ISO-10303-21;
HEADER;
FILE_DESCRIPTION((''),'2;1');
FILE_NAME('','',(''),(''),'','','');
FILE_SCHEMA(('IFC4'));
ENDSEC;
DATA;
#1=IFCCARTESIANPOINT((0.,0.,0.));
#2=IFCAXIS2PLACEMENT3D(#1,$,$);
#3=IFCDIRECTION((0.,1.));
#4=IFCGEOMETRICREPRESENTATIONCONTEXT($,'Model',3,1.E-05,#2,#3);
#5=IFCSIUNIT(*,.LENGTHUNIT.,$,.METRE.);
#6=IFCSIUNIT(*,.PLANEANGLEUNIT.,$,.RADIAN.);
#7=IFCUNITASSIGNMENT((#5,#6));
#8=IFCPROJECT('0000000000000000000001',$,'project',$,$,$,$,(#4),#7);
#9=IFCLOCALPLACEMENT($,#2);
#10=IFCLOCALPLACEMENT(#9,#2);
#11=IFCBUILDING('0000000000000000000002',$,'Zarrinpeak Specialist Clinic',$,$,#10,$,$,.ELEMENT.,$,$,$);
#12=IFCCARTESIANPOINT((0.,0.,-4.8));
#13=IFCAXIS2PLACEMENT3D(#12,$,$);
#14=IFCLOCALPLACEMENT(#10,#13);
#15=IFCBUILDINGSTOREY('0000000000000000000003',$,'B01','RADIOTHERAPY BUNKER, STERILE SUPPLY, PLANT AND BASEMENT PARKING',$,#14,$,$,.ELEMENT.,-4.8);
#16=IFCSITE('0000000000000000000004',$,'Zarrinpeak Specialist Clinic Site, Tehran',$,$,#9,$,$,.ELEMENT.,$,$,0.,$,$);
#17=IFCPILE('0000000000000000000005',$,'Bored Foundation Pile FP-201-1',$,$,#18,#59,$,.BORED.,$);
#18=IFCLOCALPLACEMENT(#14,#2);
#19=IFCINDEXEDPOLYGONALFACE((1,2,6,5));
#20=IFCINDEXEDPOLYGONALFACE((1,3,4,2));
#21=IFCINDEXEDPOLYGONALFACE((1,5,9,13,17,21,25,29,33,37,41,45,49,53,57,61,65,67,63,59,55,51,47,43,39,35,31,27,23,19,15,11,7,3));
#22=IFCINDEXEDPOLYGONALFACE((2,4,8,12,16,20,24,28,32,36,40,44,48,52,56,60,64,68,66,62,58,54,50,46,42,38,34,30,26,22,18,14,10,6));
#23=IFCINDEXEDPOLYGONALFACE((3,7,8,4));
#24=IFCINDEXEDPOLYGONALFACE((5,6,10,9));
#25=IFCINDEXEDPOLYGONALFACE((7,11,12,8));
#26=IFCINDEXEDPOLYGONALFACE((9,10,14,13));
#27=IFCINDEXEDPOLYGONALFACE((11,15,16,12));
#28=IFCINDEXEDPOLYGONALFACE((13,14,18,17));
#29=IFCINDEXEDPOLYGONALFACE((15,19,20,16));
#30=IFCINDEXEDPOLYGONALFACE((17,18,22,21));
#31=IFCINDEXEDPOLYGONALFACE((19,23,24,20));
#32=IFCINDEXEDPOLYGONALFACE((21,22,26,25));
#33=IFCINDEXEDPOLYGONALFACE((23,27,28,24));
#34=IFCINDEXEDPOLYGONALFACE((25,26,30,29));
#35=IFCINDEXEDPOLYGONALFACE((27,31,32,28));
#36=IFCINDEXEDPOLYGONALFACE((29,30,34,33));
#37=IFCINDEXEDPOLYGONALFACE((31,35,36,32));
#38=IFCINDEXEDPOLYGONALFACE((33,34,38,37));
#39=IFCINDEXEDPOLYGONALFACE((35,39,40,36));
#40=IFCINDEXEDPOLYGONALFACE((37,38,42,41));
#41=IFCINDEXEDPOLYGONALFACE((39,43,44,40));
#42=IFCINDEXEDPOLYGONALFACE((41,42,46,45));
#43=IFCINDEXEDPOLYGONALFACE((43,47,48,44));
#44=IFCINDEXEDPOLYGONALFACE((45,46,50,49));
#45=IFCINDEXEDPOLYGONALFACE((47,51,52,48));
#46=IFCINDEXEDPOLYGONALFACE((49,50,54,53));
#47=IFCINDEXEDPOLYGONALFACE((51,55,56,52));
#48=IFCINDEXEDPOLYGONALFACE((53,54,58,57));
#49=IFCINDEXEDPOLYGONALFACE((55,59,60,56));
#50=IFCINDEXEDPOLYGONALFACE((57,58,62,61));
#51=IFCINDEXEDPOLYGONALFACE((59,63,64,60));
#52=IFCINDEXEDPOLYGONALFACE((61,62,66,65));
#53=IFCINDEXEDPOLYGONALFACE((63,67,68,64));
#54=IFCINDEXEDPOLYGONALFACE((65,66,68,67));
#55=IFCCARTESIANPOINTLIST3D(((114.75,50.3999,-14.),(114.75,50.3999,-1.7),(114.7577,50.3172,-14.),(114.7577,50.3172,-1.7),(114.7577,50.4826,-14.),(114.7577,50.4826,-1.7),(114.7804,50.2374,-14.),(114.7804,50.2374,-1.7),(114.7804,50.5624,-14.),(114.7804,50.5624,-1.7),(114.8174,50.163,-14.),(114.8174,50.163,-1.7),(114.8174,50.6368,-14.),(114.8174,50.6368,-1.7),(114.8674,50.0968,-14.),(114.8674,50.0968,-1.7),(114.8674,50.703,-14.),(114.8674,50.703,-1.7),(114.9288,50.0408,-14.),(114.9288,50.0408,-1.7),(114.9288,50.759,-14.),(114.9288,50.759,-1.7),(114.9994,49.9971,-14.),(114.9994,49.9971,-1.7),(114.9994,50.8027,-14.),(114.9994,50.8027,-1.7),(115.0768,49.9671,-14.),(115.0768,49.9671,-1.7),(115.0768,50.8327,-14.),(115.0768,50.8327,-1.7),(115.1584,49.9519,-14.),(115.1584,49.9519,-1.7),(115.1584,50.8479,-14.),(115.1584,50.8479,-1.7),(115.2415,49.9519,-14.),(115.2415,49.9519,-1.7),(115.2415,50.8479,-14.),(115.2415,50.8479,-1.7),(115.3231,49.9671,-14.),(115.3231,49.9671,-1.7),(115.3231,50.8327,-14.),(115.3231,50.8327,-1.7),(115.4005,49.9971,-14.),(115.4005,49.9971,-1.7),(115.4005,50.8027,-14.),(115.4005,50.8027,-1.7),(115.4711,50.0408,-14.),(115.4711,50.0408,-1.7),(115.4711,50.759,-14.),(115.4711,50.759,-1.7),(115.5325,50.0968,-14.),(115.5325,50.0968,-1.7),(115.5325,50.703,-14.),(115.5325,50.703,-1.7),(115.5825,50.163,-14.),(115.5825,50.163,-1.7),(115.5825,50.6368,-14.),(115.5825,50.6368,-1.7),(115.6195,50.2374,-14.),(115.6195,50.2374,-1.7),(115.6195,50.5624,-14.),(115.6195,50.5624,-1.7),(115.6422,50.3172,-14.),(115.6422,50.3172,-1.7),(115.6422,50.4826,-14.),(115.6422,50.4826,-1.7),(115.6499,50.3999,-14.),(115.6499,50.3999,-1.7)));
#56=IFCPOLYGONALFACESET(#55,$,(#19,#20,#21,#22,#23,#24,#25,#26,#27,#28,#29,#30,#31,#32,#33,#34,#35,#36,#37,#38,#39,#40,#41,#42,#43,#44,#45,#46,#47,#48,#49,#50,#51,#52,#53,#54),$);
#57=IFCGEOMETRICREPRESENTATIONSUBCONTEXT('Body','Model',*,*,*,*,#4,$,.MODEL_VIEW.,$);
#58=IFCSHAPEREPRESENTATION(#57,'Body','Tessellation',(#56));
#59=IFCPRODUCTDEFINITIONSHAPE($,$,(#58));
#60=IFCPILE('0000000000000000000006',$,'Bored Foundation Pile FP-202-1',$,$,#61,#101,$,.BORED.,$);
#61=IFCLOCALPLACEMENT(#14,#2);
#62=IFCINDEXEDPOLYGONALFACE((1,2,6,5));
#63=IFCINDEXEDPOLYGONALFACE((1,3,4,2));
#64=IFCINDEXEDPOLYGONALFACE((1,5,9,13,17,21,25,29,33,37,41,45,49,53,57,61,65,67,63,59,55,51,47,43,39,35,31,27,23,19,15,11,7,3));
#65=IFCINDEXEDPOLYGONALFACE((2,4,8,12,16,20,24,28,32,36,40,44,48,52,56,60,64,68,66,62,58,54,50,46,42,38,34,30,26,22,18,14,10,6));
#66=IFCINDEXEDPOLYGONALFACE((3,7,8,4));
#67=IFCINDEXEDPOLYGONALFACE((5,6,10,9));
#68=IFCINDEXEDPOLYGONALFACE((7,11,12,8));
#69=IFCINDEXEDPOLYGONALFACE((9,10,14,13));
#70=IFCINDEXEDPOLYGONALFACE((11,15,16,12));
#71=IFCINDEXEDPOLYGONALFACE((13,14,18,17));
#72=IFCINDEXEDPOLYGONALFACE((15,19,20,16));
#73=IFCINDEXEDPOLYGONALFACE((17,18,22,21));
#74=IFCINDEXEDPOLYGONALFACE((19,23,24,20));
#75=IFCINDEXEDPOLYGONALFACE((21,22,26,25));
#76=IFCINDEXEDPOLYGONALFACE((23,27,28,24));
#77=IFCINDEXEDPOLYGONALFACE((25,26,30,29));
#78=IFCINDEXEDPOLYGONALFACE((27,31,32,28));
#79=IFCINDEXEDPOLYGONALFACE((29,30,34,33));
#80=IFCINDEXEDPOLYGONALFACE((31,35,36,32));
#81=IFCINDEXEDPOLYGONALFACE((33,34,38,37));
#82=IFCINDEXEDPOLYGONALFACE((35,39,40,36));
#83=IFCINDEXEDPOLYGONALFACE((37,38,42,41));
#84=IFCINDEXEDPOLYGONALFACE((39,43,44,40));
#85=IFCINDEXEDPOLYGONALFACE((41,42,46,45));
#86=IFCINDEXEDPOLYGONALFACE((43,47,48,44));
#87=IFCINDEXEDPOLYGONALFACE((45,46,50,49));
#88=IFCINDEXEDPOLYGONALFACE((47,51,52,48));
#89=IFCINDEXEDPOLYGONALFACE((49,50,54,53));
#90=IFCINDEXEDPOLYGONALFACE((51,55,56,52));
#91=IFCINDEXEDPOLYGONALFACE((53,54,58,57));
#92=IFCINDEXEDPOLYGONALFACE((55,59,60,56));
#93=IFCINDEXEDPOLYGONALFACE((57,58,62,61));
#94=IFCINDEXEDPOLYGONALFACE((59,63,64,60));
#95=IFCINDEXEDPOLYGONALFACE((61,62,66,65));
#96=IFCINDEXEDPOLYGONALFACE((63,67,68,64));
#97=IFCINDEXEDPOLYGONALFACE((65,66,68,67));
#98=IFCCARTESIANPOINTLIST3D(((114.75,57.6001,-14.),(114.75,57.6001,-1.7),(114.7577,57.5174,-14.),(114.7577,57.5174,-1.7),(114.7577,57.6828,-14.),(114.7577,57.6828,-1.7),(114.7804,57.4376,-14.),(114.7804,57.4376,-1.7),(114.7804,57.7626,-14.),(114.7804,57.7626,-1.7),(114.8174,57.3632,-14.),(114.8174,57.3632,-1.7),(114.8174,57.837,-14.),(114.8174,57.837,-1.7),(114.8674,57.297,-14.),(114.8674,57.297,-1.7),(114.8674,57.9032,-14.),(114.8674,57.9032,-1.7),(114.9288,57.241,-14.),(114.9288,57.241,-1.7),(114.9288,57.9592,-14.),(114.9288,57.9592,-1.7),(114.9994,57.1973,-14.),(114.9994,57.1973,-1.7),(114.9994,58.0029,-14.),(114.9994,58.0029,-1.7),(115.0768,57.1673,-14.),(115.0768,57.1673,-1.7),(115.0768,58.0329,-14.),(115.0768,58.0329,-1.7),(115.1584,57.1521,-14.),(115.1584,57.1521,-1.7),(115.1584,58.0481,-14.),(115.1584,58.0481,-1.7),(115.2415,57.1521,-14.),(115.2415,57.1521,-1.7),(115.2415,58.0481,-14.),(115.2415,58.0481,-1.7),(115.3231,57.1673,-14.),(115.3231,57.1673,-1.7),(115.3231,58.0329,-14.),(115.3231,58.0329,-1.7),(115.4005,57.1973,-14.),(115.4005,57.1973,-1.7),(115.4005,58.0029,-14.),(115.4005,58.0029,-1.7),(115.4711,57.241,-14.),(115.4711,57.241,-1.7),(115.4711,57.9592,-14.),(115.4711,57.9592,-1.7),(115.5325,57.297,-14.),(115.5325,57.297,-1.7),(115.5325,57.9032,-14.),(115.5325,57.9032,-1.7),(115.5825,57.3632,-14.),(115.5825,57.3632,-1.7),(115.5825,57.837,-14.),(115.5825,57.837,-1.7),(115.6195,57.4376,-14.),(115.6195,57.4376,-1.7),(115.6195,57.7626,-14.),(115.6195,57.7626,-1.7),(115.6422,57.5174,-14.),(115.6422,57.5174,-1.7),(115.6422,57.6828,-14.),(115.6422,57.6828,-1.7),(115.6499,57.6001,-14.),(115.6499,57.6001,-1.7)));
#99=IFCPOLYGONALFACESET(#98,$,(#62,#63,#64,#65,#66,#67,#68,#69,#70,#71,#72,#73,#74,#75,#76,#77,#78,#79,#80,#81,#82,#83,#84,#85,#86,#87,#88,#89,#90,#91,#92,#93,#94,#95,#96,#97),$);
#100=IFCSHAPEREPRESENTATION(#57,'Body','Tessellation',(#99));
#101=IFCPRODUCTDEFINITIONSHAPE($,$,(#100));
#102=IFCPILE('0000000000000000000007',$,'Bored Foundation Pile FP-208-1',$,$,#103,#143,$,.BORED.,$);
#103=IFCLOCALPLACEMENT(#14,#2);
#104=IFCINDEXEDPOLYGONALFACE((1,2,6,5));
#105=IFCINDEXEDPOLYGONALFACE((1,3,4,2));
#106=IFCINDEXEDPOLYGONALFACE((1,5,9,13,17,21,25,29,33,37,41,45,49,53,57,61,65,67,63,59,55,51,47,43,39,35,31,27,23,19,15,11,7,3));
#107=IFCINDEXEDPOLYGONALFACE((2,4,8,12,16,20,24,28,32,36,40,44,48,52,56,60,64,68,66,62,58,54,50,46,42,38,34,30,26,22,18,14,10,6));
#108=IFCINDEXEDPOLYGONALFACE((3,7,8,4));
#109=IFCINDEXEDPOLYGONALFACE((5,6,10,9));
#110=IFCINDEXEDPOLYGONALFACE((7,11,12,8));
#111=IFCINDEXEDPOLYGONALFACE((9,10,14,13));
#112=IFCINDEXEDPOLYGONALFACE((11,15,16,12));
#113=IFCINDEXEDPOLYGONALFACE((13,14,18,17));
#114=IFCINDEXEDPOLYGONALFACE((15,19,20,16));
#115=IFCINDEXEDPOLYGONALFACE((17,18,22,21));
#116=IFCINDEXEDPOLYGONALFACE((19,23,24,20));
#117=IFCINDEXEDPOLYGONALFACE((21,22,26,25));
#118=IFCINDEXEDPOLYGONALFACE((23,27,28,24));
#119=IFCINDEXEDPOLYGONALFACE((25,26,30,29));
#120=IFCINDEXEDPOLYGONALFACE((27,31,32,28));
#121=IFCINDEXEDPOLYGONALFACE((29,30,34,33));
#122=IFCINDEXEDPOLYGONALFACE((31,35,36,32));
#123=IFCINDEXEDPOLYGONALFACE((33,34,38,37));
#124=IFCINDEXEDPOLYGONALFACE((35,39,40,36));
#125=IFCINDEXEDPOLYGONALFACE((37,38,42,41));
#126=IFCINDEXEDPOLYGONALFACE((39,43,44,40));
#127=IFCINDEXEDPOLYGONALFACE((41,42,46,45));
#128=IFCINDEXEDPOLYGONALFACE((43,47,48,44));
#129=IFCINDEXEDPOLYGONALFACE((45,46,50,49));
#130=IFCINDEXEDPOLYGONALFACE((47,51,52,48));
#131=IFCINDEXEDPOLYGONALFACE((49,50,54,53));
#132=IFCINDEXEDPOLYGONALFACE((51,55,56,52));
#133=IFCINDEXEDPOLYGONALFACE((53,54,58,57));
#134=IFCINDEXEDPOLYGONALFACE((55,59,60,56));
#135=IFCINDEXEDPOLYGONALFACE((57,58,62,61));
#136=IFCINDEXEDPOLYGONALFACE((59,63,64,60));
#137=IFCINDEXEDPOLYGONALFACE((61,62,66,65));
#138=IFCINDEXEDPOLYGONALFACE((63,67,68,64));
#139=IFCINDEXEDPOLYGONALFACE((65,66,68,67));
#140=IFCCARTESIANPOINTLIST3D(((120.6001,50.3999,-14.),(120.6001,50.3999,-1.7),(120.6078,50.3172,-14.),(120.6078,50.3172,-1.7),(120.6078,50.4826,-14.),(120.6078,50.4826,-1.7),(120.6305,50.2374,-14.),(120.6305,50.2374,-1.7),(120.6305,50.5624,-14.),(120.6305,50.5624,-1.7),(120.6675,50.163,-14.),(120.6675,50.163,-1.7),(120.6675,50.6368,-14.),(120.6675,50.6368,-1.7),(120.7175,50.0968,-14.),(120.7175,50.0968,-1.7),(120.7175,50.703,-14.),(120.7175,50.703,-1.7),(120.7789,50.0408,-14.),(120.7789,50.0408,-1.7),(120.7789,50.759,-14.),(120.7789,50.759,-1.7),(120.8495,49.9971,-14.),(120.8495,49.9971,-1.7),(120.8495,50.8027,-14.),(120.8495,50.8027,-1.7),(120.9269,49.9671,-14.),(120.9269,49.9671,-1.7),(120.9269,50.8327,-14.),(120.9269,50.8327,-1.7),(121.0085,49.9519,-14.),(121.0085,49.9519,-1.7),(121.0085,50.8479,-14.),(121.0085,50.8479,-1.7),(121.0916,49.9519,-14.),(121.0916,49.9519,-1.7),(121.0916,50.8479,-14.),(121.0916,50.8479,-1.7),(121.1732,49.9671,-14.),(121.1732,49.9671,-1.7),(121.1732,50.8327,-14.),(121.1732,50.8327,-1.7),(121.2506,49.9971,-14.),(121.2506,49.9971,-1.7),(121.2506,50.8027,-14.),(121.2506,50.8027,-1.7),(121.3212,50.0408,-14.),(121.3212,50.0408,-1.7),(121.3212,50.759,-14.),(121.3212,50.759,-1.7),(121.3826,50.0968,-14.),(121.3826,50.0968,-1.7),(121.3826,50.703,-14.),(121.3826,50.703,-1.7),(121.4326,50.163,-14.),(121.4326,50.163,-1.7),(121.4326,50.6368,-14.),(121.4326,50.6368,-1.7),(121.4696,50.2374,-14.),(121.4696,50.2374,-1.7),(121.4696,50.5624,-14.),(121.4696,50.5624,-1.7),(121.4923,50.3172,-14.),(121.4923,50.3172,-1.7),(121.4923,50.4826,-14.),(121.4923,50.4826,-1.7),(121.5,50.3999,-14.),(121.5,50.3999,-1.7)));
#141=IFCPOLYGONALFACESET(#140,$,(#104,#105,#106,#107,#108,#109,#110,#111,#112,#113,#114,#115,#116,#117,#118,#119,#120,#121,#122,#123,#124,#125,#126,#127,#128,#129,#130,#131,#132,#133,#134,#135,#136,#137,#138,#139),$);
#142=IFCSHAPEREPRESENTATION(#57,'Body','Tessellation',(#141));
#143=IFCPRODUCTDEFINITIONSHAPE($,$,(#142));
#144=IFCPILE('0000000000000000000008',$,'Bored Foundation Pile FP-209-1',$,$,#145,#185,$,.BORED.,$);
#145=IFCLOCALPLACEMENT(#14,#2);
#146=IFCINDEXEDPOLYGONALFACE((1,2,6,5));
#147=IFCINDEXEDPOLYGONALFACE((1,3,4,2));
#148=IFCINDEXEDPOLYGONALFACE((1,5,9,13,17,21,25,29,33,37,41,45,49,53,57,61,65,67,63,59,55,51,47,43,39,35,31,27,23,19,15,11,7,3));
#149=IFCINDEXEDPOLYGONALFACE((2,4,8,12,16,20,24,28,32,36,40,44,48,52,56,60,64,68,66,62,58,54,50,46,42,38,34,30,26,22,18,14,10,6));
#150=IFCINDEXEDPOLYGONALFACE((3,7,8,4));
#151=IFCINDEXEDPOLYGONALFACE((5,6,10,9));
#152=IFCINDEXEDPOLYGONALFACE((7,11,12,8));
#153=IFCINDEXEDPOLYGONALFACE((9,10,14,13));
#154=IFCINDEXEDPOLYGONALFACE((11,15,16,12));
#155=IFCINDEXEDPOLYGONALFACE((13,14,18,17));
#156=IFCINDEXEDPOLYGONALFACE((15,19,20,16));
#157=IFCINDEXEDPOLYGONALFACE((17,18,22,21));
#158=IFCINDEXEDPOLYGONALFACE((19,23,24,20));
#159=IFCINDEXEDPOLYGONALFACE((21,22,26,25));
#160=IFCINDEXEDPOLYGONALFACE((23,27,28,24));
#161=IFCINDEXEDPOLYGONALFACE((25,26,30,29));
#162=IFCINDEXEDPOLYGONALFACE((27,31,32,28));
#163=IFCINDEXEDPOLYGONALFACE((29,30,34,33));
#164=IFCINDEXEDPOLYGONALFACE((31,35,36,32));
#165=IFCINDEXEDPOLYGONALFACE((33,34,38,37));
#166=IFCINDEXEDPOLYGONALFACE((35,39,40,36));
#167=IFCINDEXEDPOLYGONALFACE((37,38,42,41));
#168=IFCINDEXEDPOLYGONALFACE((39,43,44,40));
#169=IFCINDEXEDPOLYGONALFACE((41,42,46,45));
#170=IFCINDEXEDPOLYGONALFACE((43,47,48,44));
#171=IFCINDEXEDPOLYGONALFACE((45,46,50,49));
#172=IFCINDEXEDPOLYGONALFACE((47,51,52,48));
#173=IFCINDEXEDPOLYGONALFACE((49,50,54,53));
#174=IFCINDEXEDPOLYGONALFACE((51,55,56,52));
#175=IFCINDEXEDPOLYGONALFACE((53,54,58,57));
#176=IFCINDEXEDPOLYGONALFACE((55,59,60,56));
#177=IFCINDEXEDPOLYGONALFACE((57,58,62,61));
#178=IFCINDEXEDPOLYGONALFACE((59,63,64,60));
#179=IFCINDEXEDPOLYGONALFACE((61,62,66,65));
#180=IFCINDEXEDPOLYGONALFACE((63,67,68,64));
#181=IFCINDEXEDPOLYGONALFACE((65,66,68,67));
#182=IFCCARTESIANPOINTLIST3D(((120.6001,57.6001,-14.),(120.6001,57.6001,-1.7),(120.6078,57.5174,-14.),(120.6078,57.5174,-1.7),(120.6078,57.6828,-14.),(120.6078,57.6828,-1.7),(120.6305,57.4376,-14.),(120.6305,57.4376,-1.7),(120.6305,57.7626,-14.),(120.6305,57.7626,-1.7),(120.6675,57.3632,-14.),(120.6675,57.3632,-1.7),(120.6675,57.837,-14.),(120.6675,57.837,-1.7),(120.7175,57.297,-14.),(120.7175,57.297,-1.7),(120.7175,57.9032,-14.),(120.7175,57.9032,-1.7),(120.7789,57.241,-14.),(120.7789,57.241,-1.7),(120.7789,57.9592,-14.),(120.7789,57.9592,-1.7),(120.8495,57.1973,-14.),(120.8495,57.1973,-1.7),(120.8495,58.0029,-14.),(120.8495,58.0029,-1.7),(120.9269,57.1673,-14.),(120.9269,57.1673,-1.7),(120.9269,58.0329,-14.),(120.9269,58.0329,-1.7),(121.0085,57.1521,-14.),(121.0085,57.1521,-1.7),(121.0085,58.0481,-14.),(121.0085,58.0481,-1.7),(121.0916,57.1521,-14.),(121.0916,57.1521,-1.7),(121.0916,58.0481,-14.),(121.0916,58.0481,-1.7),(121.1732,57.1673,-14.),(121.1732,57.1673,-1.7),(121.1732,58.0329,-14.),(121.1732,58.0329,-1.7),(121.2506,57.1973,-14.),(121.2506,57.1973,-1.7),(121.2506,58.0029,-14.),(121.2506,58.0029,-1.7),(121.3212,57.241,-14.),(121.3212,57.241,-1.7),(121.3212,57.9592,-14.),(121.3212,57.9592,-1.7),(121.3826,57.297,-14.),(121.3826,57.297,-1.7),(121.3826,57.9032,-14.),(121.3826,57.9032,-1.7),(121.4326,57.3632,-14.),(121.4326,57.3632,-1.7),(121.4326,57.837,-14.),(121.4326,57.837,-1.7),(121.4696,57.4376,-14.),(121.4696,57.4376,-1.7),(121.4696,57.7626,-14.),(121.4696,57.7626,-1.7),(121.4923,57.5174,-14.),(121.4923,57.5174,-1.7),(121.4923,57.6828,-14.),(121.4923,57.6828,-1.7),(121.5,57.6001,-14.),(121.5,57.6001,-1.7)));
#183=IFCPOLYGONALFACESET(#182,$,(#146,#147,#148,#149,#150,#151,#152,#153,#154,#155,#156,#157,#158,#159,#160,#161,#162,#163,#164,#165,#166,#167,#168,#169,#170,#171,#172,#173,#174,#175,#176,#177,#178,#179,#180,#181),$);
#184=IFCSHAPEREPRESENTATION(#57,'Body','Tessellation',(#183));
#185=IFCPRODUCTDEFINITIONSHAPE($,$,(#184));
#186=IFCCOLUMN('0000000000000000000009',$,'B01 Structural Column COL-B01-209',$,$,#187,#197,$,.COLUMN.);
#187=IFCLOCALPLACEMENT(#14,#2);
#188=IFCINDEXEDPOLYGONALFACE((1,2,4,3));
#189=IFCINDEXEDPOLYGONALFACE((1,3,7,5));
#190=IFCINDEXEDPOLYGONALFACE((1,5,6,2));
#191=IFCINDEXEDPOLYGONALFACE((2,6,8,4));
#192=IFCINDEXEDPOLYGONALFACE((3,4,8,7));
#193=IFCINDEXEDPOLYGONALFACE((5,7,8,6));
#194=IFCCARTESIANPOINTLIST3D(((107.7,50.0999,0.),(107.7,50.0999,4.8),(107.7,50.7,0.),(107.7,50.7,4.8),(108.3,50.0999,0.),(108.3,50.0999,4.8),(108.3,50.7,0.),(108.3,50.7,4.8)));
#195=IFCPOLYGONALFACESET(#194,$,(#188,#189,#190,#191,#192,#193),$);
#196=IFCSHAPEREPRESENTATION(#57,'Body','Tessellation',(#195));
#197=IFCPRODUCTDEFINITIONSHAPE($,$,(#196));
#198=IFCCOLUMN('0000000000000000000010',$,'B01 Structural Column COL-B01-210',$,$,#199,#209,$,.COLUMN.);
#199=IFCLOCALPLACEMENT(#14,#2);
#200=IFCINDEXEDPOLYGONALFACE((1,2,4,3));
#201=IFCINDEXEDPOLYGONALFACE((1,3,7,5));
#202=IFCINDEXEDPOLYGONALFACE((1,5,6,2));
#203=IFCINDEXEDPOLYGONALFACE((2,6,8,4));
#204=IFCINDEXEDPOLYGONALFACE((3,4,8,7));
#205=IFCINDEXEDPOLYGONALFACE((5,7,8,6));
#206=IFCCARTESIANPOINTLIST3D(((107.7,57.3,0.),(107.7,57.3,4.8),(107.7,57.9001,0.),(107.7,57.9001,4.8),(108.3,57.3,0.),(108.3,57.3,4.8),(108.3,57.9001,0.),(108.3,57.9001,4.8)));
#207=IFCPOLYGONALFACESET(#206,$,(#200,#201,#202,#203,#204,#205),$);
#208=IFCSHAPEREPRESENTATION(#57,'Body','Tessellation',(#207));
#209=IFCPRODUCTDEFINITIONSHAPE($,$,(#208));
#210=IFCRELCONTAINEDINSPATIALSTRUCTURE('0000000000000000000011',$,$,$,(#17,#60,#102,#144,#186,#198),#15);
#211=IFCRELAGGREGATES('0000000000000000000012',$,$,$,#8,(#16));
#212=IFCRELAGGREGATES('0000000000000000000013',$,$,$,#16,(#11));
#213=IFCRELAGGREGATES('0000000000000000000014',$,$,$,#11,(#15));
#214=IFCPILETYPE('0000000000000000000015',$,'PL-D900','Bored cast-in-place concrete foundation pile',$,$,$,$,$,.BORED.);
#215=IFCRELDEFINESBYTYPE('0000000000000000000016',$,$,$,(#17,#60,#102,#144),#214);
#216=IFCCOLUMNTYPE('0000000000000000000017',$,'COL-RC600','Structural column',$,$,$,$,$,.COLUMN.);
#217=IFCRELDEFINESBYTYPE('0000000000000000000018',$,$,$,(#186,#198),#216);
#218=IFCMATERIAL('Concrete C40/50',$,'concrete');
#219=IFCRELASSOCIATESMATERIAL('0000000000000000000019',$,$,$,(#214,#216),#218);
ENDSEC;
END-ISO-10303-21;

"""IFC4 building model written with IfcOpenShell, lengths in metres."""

from ifc_helpers import new_model, si_unit, direction, frame, origin, origin_2d, place, context, subcontext, project, spatial, rectangle, circle, extrude, material, material_profile, profile_set, type_object, element, save


model = new_model("IFC4")

# Units and contexts
model_context = context("Model", 3, precision=1e-05, world=origin(), true_north=direction((0.0, 1.0)))
body_context = subcontext(model_context, "Body", "Model", "MODEL_VIEW")
ifc_project = project(units=[si_unit("LENGTHUNIT", "METRE"), si_unit("PLANEANGLEUNIT", "RADIAN")], contexts=[model_context])

# Site, building, storey
site_placement = place(None, origin())
site = spatial("IfcSite", under=ifc_project, at=site_placement, Name="Zarrinpeak Specialist Clinic Site, Tehran", CompositionType="ELEMENT", RefElevation=0.0)
building_placement = place(site_placement, origin())
building = spatial("IfcBuilding", under=site, at=building_placement, Name="Zarrinpeak Specialist Clinic", CompositionType="ELEMENT")
storey_placement = place(building_placement, frame((0.0, 0.0, -4.8)))
storey = spatial("IfcBuildingStorey", under=building, at=storey_placement, Name="B01", Description="RADIOTHERAPY BUNKER, STERILE SUPPLY, PLANT AND BASEMENT PARKING", CompositionType="ELEMENT", Elevation=-4.8)

# Shared definitions
ifc_material_1 = material(Name="Concrete C40/50", Category="concrete")

# Piles
ifc_material_profile_1 = material_profile(ifc_material_1, circle(Radius=0.45, at=origin_2d()), Name="BORED PILE D900")
ifc_profile_set_1 = profile_set([ifc_material_profile_1], Name="Concrete C40/50")
pile_type = type_object("IfcPileType", Name="PL-D900", Description="Bored cast-in-place concrete foundation pile", PredefinedType="BORED", material=ifc_profile_set_1)
for number, where, z_axis, x_axis, name in (
    (1, (115.2, 50.3999, -1.7), (0.0, 0.0, -1.0), (1.0, 0.0, 0.0), "Bored Foundation Pile FP-201-1"),
    (2, (115.2, 57.6001, -1.7), (0.0, 0.0, -1.0), (1.0, 0.0, 0.0), "Bored Foundation Pile FP-202-1"),
    (3, (121.05, 50.3999, -1.7), (0.0, 0.0, -1.0), (1.0, 0.0, 0.0), "Bored Foundation Pile FP-208-1"),
    (4, (121.05, 57.6001, -1.7), (0.0, 0.0, -1.0), (1.0, 0.0, 0.0), "Bored Foundation Pile FP-209-1"),
):
    element("IfcPile", number, at=place(storey_placement, frame(where, z_axis=z_axis, x_axis=x_axis)), inside=storey, type_object=pile_type, Name=name, PredefinedType="BORED", context=body_context, shape_type="SweptSolid", body=[
        extrude(circle(Radius=0.45, at=origin_2d()), origin(), (0.0, 0.0, 1.0), 12.3),
    ])

# Columns
ifc_material_profile_2 = material_profile(ifc_material_1, rectangle(XDim=0.6001, YDim=0.6001, at=origin_2d()), Name="RC 600x600")
ifc_profile_set_2 = profile_set([ifc_material_profile_2], Name="Concrete C40/50")
column_type = type_object("IfcColumnType", Name="COL-RC600", Description="Structural column", PredefinedType="COLUMN", material=ifc_profile_set_2)
for number, where, z_axis, x_axis, name in (
    (5, (108.0, 50.3999, 0.0), (0.0, 0.0, 1.0), (1.0, 0.0, 0.0), "B01 Structural Column COL-B01-209"),
    (6, (108.0, 57.6001, 0.0), (0.0, 0.0, 1.0), (1.0, 0.0, 0.0), "B01 Structural Column COL-B01-210"),
):
    element("IfcColumn", number, at=place(storey_placement, frame(where, z_axis=z_axis, x_axis=x_axis)), inside=storey, type_object=column_type, Name=name, PredefinedType="COLUMN", context=body_context, shape_type="SweptSolid", body=[
        extrude(rectangle(XDim=0.6001, YDim=0.6001, at=origin_2d()), origin(), (0.0, 0.0, 1.0), 4.8),
    ])

save(model, "model.ifc")
